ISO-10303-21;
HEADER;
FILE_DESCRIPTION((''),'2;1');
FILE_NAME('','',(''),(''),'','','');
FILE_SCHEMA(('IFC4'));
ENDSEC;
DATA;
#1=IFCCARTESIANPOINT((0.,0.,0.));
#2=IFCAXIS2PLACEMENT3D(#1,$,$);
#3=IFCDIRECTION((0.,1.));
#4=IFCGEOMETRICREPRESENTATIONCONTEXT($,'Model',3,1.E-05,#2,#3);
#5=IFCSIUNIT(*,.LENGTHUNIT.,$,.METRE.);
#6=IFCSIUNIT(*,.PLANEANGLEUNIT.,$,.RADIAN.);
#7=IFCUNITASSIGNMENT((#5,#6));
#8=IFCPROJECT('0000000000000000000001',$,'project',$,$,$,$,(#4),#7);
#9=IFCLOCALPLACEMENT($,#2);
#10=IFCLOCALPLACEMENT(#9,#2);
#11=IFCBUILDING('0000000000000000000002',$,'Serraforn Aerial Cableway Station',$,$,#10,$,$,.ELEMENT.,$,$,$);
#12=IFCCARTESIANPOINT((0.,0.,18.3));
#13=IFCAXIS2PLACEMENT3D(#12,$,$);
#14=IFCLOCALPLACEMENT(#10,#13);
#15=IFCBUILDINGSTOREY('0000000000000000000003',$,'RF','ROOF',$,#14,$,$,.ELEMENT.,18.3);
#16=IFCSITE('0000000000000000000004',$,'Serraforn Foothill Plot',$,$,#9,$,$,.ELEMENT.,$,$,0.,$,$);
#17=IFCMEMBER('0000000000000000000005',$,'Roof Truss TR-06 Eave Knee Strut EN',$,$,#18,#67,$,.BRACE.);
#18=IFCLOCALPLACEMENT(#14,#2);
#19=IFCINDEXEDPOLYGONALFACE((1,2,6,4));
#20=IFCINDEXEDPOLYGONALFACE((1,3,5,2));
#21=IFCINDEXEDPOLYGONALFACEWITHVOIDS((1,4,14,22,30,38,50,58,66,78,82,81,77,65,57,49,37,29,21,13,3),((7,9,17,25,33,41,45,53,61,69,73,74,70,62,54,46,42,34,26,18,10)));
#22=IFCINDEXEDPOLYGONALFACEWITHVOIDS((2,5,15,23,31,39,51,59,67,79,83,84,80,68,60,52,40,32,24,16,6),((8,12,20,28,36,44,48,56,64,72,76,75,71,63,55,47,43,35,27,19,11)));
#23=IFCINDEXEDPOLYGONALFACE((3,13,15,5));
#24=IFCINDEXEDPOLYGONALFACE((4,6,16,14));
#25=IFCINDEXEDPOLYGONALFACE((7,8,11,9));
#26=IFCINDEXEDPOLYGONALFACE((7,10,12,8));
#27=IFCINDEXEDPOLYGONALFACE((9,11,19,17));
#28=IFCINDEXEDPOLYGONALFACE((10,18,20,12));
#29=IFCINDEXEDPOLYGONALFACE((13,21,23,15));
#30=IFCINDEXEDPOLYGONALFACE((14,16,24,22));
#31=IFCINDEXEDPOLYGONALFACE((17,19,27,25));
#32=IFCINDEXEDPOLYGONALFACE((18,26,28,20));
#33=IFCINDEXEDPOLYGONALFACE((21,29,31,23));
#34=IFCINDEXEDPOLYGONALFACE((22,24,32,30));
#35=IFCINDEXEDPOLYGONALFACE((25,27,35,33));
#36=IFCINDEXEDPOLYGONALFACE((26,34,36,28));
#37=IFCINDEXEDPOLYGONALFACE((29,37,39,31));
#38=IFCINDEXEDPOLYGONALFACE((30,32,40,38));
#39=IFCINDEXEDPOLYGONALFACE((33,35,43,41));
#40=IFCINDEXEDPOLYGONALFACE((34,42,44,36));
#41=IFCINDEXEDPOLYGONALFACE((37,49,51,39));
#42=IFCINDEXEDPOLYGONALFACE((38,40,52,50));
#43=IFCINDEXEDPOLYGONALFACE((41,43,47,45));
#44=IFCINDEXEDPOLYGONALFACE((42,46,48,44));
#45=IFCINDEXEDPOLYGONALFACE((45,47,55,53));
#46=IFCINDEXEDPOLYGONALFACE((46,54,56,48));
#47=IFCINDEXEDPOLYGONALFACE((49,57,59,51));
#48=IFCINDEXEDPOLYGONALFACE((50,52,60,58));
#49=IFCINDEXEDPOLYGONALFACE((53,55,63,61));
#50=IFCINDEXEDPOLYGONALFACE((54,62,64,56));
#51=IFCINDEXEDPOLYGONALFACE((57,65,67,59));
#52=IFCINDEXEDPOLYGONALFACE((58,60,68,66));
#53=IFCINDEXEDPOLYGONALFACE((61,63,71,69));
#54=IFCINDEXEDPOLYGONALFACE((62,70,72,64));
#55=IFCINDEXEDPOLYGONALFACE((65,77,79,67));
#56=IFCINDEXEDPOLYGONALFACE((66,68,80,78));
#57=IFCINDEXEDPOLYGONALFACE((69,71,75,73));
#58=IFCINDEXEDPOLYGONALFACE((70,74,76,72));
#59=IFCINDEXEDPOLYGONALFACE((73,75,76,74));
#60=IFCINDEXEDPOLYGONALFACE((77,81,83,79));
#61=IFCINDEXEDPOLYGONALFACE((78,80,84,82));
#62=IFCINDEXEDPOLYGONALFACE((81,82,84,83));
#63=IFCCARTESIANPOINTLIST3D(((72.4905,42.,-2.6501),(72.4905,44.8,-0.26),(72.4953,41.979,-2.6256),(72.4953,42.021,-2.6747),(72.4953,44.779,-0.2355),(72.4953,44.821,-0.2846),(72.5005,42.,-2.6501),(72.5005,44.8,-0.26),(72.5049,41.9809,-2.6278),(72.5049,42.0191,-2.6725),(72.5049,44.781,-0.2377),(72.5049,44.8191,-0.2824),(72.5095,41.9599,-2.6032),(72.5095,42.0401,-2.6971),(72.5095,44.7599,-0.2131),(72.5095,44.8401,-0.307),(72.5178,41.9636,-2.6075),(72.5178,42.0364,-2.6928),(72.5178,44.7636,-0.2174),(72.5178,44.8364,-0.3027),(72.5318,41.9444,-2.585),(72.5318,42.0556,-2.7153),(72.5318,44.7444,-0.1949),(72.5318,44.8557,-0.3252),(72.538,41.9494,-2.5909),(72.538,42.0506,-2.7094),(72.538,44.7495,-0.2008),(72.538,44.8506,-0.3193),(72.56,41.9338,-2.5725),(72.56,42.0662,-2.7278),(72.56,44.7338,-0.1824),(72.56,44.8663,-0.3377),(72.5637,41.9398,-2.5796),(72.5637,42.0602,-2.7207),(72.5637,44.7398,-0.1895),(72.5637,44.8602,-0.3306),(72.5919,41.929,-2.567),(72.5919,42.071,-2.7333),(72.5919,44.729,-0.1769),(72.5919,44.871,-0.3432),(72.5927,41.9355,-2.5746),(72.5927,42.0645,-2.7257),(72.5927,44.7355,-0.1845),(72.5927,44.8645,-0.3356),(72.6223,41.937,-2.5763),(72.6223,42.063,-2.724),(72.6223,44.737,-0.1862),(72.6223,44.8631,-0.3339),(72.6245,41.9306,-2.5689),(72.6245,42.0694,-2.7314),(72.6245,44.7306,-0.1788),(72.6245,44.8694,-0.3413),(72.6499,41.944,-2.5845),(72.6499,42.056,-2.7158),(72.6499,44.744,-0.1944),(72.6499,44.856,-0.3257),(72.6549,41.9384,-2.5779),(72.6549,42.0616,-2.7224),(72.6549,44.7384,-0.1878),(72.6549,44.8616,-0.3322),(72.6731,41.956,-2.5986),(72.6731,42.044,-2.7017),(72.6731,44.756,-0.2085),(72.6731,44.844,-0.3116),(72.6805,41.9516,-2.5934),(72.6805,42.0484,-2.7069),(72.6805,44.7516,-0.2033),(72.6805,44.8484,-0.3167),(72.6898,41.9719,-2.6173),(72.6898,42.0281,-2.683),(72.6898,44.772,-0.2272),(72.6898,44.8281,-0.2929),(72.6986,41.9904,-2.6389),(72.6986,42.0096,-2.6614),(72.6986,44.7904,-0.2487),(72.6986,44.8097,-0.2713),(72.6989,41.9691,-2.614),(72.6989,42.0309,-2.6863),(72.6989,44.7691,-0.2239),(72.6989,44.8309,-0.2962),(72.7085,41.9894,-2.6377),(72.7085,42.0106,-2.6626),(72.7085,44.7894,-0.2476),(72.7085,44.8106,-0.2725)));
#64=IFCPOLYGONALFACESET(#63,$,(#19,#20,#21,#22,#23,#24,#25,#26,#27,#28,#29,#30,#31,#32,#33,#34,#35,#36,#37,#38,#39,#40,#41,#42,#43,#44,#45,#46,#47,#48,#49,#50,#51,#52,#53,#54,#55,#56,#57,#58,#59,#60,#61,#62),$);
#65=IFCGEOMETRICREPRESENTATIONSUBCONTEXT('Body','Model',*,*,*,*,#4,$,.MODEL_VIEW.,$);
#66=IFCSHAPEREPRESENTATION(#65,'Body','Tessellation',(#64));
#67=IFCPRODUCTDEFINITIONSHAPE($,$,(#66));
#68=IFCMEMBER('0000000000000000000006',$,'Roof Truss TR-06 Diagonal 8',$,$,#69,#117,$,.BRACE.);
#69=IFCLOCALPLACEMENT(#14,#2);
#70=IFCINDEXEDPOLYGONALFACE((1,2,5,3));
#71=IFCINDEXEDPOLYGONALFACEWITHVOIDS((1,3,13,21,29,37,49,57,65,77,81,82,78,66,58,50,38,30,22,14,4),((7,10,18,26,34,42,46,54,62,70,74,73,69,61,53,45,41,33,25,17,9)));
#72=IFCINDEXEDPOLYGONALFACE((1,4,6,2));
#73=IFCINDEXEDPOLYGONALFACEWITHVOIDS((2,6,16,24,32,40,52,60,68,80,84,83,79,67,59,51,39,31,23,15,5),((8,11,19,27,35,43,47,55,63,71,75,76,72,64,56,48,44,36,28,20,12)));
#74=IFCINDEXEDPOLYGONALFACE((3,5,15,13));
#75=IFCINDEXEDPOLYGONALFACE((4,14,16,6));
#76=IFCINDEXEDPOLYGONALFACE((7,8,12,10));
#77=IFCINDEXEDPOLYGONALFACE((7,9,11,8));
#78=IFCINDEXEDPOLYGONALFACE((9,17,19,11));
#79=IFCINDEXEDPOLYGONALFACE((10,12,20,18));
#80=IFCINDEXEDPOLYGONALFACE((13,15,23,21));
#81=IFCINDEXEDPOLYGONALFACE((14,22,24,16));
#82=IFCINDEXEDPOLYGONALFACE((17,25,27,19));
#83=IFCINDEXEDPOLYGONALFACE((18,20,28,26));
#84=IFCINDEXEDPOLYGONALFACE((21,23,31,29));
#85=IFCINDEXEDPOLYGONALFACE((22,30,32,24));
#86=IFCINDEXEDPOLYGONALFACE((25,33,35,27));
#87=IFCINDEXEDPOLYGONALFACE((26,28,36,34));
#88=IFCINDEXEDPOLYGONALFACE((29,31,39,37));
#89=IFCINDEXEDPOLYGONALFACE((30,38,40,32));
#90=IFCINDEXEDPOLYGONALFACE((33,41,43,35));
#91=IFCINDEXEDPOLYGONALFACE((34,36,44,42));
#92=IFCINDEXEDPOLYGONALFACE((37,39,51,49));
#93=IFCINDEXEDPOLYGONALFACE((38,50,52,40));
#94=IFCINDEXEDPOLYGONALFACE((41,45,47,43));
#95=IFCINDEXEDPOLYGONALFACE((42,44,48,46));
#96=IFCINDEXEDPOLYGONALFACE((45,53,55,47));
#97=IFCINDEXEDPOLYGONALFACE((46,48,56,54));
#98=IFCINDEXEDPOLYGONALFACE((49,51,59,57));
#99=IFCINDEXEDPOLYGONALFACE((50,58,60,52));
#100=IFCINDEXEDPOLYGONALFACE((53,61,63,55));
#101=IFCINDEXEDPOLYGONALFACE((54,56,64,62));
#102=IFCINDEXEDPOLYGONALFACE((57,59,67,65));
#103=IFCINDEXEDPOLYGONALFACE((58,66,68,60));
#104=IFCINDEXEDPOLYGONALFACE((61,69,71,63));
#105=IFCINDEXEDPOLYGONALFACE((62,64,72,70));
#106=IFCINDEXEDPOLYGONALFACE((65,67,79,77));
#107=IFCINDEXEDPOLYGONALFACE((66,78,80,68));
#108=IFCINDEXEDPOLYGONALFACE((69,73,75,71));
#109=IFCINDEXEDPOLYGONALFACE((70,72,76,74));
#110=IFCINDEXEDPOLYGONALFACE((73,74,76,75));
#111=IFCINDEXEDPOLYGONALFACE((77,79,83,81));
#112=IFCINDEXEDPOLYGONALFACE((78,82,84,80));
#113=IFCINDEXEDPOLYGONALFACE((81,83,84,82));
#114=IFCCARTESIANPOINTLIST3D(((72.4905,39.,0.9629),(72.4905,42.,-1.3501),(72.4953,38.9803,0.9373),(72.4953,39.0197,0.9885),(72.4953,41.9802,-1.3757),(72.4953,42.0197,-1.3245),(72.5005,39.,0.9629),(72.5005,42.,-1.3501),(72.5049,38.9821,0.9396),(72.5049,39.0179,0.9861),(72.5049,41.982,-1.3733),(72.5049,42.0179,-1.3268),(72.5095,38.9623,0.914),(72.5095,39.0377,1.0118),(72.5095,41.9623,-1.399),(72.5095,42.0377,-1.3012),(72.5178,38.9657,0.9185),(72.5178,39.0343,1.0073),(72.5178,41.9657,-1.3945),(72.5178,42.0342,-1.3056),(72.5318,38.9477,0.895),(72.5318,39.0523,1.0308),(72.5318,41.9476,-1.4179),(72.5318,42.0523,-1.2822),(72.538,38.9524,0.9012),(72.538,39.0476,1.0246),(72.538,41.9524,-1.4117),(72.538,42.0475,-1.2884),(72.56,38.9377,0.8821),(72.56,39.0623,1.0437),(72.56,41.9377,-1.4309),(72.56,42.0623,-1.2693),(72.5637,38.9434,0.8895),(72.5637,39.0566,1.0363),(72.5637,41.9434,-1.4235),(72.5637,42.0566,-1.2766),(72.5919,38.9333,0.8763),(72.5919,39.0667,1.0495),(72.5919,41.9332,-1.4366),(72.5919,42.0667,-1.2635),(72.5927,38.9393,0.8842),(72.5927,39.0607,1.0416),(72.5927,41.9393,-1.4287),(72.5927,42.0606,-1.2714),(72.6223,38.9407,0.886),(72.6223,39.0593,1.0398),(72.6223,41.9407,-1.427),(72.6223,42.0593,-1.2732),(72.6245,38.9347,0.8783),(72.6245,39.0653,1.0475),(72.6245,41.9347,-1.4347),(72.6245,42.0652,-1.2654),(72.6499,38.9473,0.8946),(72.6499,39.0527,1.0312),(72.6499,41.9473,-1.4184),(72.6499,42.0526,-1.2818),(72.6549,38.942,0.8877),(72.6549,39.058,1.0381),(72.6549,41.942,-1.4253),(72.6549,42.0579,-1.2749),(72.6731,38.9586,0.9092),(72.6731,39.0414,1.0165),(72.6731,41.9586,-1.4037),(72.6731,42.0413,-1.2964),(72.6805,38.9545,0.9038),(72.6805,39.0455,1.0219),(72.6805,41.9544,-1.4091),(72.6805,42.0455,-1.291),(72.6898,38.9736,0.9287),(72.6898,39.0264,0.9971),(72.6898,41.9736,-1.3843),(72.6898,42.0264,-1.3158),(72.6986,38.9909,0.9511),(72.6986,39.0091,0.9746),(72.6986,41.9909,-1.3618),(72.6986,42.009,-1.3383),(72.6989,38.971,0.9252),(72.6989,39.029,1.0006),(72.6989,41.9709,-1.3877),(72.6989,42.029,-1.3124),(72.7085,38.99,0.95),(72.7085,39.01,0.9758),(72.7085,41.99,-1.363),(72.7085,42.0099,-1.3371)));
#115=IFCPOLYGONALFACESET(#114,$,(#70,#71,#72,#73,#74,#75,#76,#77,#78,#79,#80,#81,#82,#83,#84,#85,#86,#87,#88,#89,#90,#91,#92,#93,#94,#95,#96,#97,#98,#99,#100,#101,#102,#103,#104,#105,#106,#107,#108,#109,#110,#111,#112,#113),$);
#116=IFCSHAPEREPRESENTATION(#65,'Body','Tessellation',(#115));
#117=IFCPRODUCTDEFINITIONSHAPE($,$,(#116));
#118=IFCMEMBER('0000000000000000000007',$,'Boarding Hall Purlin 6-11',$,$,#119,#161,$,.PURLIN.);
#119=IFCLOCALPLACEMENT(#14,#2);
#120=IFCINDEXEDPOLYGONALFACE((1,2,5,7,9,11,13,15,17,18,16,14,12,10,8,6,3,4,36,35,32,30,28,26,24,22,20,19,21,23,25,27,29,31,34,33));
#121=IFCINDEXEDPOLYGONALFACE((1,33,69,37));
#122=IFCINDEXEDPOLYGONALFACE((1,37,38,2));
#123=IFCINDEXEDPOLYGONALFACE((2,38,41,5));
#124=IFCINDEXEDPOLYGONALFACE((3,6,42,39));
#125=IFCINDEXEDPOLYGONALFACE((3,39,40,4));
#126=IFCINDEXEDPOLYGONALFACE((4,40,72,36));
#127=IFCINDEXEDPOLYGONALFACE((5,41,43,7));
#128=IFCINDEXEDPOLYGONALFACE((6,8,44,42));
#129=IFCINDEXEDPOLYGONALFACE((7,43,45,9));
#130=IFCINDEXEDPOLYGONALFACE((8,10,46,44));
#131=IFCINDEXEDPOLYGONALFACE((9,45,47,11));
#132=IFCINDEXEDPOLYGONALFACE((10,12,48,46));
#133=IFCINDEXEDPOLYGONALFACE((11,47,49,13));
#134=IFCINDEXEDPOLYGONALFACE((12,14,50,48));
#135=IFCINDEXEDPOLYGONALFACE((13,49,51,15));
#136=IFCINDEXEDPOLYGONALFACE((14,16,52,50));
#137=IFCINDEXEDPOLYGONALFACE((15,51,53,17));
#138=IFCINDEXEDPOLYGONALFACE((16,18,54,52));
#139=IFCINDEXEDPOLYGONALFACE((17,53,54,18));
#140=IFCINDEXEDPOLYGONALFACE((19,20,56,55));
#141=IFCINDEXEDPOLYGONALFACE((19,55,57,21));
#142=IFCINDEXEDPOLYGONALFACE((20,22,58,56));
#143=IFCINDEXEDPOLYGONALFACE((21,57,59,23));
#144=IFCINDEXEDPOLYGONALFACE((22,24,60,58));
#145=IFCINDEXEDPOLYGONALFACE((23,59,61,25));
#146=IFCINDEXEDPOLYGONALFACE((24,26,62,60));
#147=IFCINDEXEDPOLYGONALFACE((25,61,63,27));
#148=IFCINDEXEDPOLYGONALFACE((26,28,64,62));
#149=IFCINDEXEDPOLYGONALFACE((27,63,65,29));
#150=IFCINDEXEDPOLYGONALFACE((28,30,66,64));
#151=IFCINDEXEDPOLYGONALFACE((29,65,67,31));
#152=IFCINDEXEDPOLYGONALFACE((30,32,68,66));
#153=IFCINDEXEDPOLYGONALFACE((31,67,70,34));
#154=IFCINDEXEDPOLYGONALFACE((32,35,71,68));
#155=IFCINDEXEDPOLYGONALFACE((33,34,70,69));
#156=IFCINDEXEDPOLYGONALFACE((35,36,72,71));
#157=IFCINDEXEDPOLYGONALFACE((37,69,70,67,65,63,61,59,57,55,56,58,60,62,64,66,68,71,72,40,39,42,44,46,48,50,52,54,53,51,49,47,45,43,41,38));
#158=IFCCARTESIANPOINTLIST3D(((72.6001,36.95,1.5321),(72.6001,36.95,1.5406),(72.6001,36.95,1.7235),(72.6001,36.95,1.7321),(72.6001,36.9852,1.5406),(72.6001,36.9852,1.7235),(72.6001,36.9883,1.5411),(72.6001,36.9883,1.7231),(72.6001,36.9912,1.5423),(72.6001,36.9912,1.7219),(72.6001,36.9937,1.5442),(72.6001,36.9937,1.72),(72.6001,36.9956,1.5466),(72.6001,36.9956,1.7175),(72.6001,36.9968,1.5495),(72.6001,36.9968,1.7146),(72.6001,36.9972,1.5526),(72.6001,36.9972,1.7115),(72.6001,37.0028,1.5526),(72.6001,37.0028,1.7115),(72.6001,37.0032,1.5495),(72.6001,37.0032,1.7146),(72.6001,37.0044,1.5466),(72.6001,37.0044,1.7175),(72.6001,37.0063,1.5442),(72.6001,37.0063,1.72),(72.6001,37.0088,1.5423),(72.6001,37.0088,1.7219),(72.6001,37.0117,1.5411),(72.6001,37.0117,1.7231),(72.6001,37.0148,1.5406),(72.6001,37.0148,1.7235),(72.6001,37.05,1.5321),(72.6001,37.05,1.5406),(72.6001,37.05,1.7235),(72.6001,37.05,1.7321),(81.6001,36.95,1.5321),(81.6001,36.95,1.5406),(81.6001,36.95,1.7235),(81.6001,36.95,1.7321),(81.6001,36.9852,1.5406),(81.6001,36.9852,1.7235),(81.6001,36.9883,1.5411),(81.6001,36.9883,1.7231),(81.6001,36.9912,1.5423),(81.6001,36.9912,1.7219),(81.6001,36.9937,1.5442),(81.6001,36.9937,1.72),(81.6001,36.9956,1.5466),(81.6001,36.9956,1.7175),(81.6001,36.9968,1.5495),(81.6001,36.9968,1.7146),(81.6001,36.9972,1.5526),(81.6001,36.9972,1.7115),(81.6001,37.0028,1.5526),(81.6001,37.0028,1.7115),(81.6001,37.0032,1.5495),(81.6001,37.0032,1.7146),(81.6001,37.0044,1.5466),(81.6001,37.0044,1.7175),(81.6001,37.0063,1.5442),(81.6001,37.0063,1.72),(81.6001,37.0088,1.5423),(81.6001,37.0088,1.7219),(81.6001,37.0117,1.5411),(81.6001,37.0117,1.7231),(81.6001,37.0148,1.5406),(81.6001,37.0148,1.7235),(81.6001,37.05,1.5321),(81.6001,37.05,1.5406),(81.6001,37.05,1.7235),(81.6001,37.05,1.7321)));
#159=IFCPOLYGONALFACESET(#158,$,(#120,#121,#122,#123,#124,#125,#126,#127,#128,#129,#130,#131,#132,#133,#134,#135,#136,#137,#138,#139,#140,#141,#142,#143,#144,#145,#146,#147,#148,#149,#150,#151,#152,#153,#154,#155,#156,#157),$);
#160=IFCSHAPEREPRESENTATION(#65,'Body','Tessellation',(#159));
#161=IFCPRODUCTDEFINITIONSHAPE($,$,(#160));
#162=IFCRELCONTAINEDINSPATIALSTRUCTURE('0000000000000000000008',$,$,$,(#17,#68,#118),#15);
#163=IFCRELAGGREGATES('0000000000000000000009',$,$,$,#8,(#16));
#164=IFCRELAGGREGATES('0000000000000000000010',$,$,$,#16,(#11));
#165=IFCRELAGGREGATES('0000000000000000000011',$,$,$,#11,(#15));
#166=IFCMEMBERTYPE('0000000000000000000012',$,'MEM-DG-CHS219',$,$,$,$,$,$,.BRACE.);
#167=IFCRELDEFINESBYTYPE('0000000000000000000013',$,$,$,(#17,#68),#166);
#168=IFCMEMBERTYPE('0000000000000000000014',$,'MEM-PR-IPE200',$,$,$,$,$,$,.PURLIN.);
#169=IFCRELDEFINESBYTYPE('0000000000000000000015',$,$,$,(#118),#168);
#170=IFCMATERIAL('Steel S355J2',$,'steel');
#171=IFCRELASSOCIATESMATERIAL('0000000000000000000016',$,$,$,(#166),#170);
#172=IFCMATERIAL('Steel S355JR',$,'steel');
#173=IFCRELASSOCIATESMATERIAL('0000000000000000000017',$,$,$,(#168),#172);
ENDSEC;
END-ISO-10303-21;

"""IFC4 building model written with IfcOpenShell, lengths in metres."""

from ifc_helpers import new_model, si_unit, direction, frame, origin, origin_2d, place, context, subcontext, project, spatial, hollow_circle, i_section, extrude, material, material_profile, profile_set, type_object, element, save


model = new_model("IFC4")

# Units and contexts
model_context = context("Model", 3, precision=1e-05, world=origin(), true_north=direction((0.0, 1.0)))
body_context = subcontext(model_context, "Body", "Model", "MODEL_VIEW")
ifc_project = project(units=[si_unit("LENGTHUNIT", "METRE"), si_unit("PLANEANGLEUNIT", "RADIAN")], contexts=[model_context])

# Site, building, storey
site_placement = place(None, origin())
site = spatial("IfcSite", under=ifc_project, at=site_placement, Name="Serraforn Foothill Plot", CompositionType="ELEMENT", RefElevation=0.0)
building_placement = place(site_placement, origin())
building = spatial("IfcBuilding", under=site, at=building_placement, Name="Serraforn Aerial Cableway Station", CompositionType="ELEMENT")
storey_placement = place(building_placement, frame((0.0, 0.0, 18.3)))
storey = spatial("IfcBuildingStorey", under=building, at=storey_placement, Name="RF", Description="ROOF", CompositionType="ELEMENT", Elevation=18.3)

# Shared definitions
ifc_material_1 = material(Name="Steel S355J2", Category="steel")

# Members
ifc_material_profile_1 = material_profile(ifc_material_1, hollow_circle(Radius=0.1096, WallThickness=0.01, at=origin_2d()), Name="CHS 219.1x10.0")
ifc_profile_set_1 = profile_set([ifc_material_profile_1], Name="Steel S355J2")
member_type_1 = type_object("IfcMemberType", Name="MEM-DG-CHS219", PredefinedType="BRACE", material=ifc_profile_set_1)
member_1_placement = place(storey_placement, frame((72.6001, 42.0, -2.6501), z_axis=(0.0, 0.760584, 0.649239), x_axis=(-1.0, 0.0, 0.0)))
element("IfcMember", 1, at=member_1_placement, inside=storey, type_object=member_type_1, Name="Roof Truss TR-06 Eave Knee Strut EN", PredefinedType="BRACE", context=body_context, shape_type="SweptSolid", body=[
    extrude(hollow_circle(Radius=0.1096, WallThickness=0.01, at=origin_2d()), origin(), (0.0, 0.0, 1.0), 3.6814),
])
member_2_placement = place(storey_placement, frame((72.6001, 39.0, 0.9629), z_axis=(0.0, 0.791948, -0.610589), x_axis=(-1.0, 0.0, 0.0)))
element("IfcMember", 2, at=member_2_placement, inside=storey, type_object=member_type_1, Name="Roof Truss TR-06 Diagonal 8", PredefinedType="BRACE", context=body_context, shape_type="SweptSolid", body=[
    extrude(hollow_circle(Radius=0.1096, WallThickness=0.01, at=origin_2d()), origin(), (0.0, 0.0, 1.0), 3.7881),
])
ifc_material_2 = material(Name="Steel S355JR", Category="steel")
ifc_material_profile_2 = material_profile(ifc_material_2, i_section(OverallWidth=0.1001, OverallDepth=0.2, WebThickness=0.0056, FlangeThickness=0.0085, FilletRadius=0.012, at=origin_2d()), Name="IPE 200")
ifc_profile_set_2 = profile_set([ifc_material_profile_2], Name="Steel S355JR")
member_type_2 = type_object("IfcMemberType", Name="MEM-PR-IPE200", PredefinedType="PURLIN", material=ifc_profile_set_2)
for number, where, z_axis, x_axis, name in (
    (3, (72.6001, 37.0, 1.6321), (1.0, 0.0, 0.0), (0.0, 1.0, 0.0), "Boarding Hall Purlin 6-11"),
):
    element("IfcMember", number, at=place(storey_placement, frame(where, z_axis=z_axis, x_axis=x_axis)), inside=storey, type_object=member_type_2, Name=name, PredefinedType="PURLIN", context=body_context, shape_type="SweptSolid", body=[
        extrude(i_section(OverallWidth=0.1001, OverallDepth=0.2, WebThickness=0.0056, FlangeThickness=0.0085, FilletRadius=0.012, at=origin_2d()), origin(), (0.0, 0.0, 1.0), 9.0),
    ])

save(model, "model.ifc")
